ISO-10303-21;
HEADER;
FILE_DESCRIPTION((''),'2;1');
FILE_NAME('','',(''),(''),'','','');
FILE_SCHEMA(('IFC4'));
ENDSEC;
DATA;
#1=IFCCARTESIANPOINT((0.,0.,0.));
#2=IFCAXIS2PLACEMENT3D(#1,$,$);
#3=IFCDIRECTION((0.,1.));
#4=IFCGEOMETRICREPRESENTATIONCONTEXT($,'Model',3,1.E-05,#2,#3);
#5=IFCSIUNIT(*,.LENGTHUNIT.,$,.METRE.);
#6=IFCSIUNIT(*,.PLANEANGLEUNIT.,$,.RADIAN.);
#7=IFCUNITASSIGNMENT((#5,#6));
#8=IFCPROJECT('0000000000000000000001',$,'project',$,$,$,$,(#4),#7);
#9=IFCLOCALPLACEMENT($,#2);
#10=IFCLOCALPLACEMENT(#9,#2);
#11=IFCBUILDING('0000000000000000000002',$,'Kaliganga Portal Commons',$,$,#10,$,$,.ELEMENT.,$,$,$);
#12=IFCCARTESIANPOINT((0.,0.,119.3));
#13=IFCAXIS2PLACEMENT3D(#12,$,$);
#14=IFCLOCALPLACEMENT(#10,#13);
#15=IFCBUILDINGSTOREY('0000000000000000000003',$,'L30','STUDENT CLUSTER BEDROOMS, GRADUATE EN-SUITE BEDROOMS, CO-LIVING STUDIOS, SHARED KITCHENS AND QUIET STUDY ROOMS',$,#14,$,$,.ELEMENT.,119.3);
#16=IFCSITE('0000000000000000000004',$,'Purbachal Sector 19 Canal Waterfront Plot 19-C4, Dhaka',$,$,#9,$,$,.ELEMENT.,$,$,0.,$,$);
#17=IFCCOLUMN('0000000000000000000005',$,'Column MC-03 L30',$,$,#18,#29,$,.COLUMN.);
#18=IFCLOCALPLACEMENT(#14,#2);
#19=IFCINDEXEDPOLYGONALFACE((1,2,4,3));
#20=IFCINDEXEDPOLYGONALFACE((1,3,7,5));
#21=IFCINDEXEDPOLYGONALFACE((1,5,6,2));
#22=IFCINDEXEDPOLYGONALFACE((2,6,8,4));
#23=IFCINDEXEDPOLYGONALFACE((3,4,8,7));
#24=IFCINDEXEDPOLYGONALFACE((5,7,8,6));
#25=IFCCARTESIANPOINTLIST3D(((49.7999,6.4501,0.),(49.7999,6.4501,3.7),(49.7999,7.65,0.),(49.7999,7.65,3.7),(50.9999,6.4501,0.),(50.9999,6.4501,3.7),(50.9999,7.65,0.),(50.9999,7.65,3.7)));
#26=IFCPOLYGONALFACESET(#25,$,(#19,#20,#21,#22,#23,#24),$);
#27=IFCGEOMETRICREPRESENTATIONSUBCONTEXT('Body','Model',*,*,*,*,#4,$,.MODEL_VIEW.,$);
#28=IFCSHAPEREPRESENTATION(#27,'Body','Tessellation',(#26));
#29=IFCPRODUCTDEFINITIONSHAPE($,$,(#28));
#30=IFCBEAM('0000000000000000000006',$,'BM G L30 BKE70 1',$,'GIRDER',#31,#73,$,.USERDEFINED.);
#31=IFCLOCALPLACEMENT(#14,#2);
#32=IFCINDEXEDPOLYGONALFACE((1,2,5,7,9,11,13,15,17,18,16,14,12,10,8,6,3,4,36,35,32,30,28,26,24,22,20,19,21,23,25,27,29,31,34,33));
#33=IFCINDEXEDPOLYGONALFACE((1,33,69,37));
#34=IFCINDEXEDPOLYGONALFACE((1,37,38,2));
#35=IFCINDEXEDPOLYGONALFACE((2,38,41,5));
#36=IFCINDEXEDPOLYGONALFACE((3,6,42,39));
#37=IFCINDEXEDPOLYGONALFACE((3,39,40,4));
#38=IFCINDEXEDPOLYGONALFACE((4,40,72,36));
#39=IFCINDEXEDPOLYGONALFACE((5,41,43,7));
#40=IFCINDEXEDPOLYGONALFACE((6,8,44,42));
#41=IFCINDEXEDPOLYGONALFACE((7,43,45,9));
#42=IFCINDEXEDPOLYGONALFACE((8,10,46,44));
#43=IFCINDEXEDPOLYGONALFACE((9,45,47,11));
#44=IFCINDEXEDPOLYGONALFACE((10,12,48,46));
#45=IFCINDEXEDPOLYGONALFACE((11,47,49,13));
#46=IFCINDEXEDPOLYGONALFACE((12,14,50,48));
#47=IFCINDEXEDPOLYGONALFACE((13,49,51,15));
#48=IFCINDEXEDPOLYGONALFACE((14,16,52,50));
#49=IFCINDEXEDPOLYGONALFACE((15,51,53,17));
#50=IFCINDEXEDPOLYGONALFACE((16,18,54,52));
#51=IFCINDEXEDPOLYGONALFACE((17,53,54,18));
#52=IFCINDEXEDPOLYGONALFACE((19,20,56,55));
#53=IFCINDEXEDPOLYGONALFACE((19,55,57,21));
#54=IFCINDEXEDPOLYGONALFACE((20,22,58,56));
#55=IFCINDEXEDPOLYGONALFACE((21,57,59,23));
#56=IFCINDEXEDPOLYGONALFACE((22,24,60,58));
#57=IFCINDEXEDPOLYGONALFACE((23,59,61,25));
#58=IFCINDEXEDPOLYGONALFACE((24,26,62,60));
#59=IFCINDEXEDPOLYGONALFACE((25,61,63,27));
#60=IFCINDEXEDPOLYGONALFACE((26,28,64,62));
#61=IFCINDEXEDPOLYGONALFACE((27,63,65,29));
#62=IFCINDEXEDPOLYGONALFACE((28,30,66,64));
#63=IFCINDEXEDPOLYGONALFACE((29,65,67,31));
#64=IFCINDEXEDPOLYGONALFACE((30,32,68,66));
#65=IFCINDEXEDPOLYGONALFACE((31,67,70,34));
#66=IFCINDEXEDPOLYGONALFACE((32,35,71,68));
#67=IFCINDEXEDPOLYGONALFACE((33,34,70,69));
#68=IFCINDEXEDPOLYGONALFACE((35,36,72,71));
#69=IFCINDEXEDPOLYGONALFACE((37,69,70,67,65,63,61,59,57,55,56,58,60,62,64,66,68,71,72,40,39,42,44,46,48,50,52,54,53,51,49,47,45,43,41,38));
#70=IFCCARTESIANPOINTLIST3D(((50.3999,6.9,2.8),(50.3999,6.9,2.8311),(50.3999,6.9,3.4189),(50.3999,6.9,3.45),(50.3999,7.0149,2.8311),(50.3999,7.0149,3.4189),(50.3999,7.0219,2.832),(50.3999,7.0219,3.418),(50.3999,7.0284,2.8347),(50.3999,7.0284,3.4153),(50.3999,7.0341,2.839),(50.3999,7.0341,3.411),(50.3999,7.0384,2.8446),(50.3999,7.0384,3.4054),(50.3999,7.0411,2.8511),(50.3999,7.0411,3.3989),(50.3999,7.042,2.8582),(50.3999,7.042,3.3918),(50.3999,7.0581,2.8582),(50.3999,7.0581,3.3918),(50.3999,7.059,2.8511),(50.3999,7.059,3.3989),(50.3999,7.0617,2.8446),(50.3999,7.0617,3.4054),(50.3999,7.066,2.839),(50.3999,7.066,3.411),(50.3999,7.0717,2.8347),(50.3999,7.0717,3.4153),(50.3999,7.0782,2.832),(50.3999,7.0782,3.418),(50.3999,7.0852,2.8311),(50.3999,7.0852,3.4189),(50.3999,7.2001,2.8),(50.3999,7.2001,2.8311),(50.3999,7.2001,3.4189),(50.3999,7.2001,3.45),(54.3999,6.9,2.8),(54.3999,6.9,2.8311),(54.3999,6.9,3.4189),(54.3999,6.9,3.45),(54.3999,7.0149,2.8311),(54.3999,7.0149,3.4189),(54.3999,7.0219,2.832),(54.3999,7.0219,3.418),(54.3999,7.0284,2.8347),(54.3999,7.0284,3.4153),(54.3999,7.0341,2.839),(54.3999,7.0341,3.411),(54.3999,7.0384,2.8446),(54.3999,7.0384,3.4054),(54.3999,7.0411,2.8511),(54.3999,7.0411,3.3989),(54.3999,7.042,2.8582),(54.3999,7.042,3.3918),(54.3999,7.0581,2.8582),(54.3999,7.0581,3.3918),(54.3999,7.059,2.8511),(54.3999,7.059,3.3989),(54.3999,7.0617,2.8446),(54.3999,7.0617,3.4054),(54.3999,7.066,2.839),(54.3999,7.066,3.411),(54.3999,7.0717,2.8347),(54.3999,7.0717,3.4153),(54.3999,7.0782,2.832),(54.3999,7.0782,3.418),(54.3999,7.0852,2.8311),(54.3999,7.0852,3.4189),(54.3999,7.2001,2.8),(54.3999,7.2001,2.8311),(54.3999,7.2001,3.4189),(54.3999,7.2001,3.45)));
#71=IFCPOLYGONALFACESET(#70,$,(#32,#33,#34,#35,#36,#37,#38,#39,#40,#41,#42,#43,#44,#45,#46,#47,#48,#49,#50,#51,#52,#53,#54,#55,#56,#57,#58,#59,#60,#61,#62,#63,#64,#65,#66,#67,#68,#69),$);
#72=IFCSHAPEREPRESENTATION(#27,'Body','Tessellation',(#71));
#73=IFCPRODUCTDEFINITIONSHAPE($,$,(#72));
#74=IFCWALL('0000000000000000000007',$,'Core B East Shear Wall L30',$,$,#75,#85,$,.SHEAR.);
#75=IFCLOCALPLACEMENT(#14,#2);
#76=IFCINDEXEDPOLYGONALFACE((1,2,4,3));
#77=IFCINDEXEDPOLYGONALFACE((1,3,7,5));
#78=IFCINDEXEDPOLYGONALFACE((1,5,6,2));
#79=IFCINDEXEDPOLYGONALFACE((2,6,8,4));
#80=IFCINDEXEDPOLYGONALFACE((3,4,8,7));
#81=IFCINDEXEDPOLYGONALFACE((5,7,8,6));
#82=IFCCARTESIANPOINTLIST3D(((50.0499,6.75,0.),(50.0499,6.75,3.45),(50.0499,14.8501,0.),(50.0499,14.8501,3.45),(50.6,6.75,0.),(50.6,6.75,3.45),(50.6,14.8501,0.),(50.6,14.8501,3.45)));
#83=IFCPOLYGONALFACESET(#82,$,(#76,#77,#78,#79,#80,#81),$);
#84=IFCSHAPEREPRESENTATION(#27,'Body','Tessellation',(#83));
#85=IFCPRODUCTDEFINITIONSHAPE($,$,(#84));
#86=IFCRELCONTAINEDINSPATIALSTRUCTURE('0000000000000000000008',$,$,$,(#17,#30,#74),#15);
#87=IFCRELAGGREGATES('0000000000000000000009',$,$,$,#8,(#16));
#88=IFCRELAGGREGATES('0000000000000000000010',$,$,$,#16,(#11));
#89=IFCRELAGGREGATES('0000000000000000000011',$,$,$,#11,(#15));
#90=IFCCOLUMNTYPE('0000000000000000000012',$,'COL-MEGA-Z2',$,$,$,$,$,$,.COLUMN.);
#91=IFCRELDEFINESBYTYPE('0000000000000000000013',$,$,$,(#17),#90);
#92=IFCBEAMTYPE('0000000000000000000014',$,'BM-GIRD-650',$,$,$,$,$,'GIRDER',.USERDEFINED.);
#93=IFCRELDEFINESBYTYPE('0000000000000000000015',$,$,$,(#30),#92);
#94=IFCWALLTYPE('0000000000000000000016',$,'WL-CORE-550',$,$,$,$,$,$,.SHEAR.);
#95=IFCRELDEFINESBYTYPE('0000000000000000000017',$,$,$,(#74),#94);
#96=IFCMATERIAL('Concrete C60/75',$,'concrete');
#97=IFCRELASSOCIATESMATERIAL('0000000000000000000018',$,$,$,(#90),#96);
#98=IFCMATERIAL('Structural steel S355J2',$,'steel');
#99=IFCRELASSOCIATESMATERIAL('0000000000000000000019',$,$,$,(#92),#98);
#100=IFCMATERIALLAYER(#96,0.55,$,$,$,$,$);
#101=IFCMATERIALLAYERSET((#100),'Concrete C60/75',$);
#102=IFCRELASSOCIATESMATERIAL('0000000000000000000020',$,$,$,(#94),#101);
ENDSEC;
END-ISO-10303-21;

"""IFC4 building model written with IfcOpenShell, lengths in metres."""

from ifc_helpers import new_model, si_unit, direction, frame, frame_2d, origin, origin_2d, place, context, subcontext, project, spatial, rectangle, i_section, extrude, source, transform, mapped, material, layer, layer_set, material_profile, profile_set, type_object, element, save


model = new_model("IFC4")

# Units and contexts
model_context = context("Model", 3, precision=1e-05, world=origin(), true_north=direction((0.0, 1.0)))
body_context = subcontext(model_context, "Body", "Model", "MODEL_VIEW")
ifc_project = project(units=[si_unit("LENGTHUNIT", "METRE"), si_unit("PLANEANGLEUNIT", "RADIAN")], contexts=[model_context])

# Site, building, storey
site_placement = place(None, origin())
site = spatial("IfcSite", under=ifc_project, at=site_placement, Name="Purbachal Sector 19 Canal Waterfront Plot 19-C4, Dhaka", CompositionType="ELEMENT", RefElevation=0.0)
building_placement = place(site_placement, origin())
building = spatial("IfcBuilding", under=site, at=building_placement, Name="Kaliganga Portal Commons", CompositionType="ELEMENT")
storey_placement = place(building_placement, frame((0.0, 0.0, 119.3)))
storey = spatial("IfcBuildingStorey", under=building, at=storey_placement, Name="L30", Description="STUDENT CLUSTER BEDROOMS, GRADUATE EN-SUITE BEDROOMS, CO-LIVING STUDIOS, SHARED KITCHENS AND QUIET STUDY ROOMS", CompositionType="ELEMENT", Elevation=119.3)

# Column
ifc_material_1 = material(Name="Concrete C60/75", Category="concrete")
ifc_material_profile_1 = material_profile(ifc_material_1, rectangle(XDim=1.2, YDim=1.2, at=origin_2d()), Name="RC 1200x1200")
ifc_profile_set_1 = profile_set([ifc_material_profile_1], Name="Concrete C60/75")
column_type = type_object("IfcColumnType", Name="COL-MEGA-Z2", PredefinedType="COLUMN", material=ifc_profile_set_1)
shared_shape_1 = source(origin(), body_context, "Body", "SweptSolid", [
    extrude(rectangle(XDim=1.2, YDim=1.2, at=origin_2d()), origin(), (0.0, 0.0, 1.0), 3.7),
])
column_placement = place(storey_placement, frame((50.3999, 7.05, 0.0), z_axis=(0.0, 0.0, 1.0), x_axis=(1.0, 0.0, 0.0)))
element("IfcColumn", 1, at=column_placement, inside=storey, type_object=column_type, Name="Column MC-03 L30", PredefinedType="COLUMN", context=body_context, shape_type="MappedRepresentation", body=[
    mapped(shared_shape_1, transform((0.0, 0.0, 0.0), x_axis=(1.0, 0.0, 0.0), y_axis=(0.0, 1.0, 0.0), z_axis=(0.0, 0.0, 1.0), scale=1.0)),
])

# Beam
ifc_material_2 = material(Name="Structural steel S355J2", Category="steel")
ifc_material_profile_2 = material_profile(ifc_material_2, i_section(OverallWidth=0.3, OverallDepth=0.6499, WebThickness=0.0161, FlangeThickness=0.031, FilletRadius=0.0271, at=origin_2d()), Name="HE 650 B")
ifc_profile_set_2 = profile_set([ifc_material_profile_2], Name="Structural steel S355J2 wide-flange")
beam_type = type_object("IfcBeamType", Name="BM-GIRD-650", ElementType="GIRDER", PredefinedType="USERDEFINED", material=ifc_profile_set_2)
shared_shape_2 = source(origin(), body_context, "Body", "SweptSolid", [
    extrude(i_section(OverallWidth=0.3, OverallDepth=0.6499, WebThickness=0.0161, FlangeThickness=0.031, FilletRadius=0.0271, at=origin_2d()), origin(), (0.0, 0.0, 1.0), 4.0),
])
beam_placement = place(storey_placement, frame((50.3999, 7.05, 3.125), z_axis=(1.0, 0.0, 0.0), x_axis=(0.0, 1.0, 0.0)))
element("IfcBeam", 2, at=beam_placement, inside=storey, type_object=beam_type, Name="BM G L30 BKE70 1", ObjectType="GIRDER", PredefinedType="USERDEFINED", context=body_context, shape_type="MappedRepresentation", body=[
    mapped(shared_shape_2, transform((0.0, 0.0, 0.0), x_axis=(1.0, 0.0, 0.0), y_axis=(0.0, 1.0, 0.0), z_axis=(0.0, 0.0, 1.0), scale=1.0)),
])

# Wall
ifc_layer_1 = layer(ifc_material_1, 0.55)
ifc_layer_set_1 = layer_set([ifc_layer_1], Name="Concrete C60/75")
wall_type_1 = type_object("IfcWallType", Name="WL-CORE-550", PredefinedType="SHEAR", material=ifc_layer_set_1)
wall_1_placement = place(storey_placement, frame((50.325, 6.75, 0.0), z_axis=(0.0, 0.0, 1.0), x_axis=(0.0, 1.0, 0.0)))
element("IfcWall", 3, at=wall_1_placement, inside=storey, type_object=wall_type_1, Name="Core B East Shear Wall L30", PredefinedType="SHEAR", context=body_context, shape_type="SweptSolid", body=[
    extrude(rectangle(XDim=8.1001, YDim=0.55, at=frame_2d((4.05, 0.0))), origin(), (0.0, 0.0, 1.0), 3.45),
])

save(model, "model.ifc")
